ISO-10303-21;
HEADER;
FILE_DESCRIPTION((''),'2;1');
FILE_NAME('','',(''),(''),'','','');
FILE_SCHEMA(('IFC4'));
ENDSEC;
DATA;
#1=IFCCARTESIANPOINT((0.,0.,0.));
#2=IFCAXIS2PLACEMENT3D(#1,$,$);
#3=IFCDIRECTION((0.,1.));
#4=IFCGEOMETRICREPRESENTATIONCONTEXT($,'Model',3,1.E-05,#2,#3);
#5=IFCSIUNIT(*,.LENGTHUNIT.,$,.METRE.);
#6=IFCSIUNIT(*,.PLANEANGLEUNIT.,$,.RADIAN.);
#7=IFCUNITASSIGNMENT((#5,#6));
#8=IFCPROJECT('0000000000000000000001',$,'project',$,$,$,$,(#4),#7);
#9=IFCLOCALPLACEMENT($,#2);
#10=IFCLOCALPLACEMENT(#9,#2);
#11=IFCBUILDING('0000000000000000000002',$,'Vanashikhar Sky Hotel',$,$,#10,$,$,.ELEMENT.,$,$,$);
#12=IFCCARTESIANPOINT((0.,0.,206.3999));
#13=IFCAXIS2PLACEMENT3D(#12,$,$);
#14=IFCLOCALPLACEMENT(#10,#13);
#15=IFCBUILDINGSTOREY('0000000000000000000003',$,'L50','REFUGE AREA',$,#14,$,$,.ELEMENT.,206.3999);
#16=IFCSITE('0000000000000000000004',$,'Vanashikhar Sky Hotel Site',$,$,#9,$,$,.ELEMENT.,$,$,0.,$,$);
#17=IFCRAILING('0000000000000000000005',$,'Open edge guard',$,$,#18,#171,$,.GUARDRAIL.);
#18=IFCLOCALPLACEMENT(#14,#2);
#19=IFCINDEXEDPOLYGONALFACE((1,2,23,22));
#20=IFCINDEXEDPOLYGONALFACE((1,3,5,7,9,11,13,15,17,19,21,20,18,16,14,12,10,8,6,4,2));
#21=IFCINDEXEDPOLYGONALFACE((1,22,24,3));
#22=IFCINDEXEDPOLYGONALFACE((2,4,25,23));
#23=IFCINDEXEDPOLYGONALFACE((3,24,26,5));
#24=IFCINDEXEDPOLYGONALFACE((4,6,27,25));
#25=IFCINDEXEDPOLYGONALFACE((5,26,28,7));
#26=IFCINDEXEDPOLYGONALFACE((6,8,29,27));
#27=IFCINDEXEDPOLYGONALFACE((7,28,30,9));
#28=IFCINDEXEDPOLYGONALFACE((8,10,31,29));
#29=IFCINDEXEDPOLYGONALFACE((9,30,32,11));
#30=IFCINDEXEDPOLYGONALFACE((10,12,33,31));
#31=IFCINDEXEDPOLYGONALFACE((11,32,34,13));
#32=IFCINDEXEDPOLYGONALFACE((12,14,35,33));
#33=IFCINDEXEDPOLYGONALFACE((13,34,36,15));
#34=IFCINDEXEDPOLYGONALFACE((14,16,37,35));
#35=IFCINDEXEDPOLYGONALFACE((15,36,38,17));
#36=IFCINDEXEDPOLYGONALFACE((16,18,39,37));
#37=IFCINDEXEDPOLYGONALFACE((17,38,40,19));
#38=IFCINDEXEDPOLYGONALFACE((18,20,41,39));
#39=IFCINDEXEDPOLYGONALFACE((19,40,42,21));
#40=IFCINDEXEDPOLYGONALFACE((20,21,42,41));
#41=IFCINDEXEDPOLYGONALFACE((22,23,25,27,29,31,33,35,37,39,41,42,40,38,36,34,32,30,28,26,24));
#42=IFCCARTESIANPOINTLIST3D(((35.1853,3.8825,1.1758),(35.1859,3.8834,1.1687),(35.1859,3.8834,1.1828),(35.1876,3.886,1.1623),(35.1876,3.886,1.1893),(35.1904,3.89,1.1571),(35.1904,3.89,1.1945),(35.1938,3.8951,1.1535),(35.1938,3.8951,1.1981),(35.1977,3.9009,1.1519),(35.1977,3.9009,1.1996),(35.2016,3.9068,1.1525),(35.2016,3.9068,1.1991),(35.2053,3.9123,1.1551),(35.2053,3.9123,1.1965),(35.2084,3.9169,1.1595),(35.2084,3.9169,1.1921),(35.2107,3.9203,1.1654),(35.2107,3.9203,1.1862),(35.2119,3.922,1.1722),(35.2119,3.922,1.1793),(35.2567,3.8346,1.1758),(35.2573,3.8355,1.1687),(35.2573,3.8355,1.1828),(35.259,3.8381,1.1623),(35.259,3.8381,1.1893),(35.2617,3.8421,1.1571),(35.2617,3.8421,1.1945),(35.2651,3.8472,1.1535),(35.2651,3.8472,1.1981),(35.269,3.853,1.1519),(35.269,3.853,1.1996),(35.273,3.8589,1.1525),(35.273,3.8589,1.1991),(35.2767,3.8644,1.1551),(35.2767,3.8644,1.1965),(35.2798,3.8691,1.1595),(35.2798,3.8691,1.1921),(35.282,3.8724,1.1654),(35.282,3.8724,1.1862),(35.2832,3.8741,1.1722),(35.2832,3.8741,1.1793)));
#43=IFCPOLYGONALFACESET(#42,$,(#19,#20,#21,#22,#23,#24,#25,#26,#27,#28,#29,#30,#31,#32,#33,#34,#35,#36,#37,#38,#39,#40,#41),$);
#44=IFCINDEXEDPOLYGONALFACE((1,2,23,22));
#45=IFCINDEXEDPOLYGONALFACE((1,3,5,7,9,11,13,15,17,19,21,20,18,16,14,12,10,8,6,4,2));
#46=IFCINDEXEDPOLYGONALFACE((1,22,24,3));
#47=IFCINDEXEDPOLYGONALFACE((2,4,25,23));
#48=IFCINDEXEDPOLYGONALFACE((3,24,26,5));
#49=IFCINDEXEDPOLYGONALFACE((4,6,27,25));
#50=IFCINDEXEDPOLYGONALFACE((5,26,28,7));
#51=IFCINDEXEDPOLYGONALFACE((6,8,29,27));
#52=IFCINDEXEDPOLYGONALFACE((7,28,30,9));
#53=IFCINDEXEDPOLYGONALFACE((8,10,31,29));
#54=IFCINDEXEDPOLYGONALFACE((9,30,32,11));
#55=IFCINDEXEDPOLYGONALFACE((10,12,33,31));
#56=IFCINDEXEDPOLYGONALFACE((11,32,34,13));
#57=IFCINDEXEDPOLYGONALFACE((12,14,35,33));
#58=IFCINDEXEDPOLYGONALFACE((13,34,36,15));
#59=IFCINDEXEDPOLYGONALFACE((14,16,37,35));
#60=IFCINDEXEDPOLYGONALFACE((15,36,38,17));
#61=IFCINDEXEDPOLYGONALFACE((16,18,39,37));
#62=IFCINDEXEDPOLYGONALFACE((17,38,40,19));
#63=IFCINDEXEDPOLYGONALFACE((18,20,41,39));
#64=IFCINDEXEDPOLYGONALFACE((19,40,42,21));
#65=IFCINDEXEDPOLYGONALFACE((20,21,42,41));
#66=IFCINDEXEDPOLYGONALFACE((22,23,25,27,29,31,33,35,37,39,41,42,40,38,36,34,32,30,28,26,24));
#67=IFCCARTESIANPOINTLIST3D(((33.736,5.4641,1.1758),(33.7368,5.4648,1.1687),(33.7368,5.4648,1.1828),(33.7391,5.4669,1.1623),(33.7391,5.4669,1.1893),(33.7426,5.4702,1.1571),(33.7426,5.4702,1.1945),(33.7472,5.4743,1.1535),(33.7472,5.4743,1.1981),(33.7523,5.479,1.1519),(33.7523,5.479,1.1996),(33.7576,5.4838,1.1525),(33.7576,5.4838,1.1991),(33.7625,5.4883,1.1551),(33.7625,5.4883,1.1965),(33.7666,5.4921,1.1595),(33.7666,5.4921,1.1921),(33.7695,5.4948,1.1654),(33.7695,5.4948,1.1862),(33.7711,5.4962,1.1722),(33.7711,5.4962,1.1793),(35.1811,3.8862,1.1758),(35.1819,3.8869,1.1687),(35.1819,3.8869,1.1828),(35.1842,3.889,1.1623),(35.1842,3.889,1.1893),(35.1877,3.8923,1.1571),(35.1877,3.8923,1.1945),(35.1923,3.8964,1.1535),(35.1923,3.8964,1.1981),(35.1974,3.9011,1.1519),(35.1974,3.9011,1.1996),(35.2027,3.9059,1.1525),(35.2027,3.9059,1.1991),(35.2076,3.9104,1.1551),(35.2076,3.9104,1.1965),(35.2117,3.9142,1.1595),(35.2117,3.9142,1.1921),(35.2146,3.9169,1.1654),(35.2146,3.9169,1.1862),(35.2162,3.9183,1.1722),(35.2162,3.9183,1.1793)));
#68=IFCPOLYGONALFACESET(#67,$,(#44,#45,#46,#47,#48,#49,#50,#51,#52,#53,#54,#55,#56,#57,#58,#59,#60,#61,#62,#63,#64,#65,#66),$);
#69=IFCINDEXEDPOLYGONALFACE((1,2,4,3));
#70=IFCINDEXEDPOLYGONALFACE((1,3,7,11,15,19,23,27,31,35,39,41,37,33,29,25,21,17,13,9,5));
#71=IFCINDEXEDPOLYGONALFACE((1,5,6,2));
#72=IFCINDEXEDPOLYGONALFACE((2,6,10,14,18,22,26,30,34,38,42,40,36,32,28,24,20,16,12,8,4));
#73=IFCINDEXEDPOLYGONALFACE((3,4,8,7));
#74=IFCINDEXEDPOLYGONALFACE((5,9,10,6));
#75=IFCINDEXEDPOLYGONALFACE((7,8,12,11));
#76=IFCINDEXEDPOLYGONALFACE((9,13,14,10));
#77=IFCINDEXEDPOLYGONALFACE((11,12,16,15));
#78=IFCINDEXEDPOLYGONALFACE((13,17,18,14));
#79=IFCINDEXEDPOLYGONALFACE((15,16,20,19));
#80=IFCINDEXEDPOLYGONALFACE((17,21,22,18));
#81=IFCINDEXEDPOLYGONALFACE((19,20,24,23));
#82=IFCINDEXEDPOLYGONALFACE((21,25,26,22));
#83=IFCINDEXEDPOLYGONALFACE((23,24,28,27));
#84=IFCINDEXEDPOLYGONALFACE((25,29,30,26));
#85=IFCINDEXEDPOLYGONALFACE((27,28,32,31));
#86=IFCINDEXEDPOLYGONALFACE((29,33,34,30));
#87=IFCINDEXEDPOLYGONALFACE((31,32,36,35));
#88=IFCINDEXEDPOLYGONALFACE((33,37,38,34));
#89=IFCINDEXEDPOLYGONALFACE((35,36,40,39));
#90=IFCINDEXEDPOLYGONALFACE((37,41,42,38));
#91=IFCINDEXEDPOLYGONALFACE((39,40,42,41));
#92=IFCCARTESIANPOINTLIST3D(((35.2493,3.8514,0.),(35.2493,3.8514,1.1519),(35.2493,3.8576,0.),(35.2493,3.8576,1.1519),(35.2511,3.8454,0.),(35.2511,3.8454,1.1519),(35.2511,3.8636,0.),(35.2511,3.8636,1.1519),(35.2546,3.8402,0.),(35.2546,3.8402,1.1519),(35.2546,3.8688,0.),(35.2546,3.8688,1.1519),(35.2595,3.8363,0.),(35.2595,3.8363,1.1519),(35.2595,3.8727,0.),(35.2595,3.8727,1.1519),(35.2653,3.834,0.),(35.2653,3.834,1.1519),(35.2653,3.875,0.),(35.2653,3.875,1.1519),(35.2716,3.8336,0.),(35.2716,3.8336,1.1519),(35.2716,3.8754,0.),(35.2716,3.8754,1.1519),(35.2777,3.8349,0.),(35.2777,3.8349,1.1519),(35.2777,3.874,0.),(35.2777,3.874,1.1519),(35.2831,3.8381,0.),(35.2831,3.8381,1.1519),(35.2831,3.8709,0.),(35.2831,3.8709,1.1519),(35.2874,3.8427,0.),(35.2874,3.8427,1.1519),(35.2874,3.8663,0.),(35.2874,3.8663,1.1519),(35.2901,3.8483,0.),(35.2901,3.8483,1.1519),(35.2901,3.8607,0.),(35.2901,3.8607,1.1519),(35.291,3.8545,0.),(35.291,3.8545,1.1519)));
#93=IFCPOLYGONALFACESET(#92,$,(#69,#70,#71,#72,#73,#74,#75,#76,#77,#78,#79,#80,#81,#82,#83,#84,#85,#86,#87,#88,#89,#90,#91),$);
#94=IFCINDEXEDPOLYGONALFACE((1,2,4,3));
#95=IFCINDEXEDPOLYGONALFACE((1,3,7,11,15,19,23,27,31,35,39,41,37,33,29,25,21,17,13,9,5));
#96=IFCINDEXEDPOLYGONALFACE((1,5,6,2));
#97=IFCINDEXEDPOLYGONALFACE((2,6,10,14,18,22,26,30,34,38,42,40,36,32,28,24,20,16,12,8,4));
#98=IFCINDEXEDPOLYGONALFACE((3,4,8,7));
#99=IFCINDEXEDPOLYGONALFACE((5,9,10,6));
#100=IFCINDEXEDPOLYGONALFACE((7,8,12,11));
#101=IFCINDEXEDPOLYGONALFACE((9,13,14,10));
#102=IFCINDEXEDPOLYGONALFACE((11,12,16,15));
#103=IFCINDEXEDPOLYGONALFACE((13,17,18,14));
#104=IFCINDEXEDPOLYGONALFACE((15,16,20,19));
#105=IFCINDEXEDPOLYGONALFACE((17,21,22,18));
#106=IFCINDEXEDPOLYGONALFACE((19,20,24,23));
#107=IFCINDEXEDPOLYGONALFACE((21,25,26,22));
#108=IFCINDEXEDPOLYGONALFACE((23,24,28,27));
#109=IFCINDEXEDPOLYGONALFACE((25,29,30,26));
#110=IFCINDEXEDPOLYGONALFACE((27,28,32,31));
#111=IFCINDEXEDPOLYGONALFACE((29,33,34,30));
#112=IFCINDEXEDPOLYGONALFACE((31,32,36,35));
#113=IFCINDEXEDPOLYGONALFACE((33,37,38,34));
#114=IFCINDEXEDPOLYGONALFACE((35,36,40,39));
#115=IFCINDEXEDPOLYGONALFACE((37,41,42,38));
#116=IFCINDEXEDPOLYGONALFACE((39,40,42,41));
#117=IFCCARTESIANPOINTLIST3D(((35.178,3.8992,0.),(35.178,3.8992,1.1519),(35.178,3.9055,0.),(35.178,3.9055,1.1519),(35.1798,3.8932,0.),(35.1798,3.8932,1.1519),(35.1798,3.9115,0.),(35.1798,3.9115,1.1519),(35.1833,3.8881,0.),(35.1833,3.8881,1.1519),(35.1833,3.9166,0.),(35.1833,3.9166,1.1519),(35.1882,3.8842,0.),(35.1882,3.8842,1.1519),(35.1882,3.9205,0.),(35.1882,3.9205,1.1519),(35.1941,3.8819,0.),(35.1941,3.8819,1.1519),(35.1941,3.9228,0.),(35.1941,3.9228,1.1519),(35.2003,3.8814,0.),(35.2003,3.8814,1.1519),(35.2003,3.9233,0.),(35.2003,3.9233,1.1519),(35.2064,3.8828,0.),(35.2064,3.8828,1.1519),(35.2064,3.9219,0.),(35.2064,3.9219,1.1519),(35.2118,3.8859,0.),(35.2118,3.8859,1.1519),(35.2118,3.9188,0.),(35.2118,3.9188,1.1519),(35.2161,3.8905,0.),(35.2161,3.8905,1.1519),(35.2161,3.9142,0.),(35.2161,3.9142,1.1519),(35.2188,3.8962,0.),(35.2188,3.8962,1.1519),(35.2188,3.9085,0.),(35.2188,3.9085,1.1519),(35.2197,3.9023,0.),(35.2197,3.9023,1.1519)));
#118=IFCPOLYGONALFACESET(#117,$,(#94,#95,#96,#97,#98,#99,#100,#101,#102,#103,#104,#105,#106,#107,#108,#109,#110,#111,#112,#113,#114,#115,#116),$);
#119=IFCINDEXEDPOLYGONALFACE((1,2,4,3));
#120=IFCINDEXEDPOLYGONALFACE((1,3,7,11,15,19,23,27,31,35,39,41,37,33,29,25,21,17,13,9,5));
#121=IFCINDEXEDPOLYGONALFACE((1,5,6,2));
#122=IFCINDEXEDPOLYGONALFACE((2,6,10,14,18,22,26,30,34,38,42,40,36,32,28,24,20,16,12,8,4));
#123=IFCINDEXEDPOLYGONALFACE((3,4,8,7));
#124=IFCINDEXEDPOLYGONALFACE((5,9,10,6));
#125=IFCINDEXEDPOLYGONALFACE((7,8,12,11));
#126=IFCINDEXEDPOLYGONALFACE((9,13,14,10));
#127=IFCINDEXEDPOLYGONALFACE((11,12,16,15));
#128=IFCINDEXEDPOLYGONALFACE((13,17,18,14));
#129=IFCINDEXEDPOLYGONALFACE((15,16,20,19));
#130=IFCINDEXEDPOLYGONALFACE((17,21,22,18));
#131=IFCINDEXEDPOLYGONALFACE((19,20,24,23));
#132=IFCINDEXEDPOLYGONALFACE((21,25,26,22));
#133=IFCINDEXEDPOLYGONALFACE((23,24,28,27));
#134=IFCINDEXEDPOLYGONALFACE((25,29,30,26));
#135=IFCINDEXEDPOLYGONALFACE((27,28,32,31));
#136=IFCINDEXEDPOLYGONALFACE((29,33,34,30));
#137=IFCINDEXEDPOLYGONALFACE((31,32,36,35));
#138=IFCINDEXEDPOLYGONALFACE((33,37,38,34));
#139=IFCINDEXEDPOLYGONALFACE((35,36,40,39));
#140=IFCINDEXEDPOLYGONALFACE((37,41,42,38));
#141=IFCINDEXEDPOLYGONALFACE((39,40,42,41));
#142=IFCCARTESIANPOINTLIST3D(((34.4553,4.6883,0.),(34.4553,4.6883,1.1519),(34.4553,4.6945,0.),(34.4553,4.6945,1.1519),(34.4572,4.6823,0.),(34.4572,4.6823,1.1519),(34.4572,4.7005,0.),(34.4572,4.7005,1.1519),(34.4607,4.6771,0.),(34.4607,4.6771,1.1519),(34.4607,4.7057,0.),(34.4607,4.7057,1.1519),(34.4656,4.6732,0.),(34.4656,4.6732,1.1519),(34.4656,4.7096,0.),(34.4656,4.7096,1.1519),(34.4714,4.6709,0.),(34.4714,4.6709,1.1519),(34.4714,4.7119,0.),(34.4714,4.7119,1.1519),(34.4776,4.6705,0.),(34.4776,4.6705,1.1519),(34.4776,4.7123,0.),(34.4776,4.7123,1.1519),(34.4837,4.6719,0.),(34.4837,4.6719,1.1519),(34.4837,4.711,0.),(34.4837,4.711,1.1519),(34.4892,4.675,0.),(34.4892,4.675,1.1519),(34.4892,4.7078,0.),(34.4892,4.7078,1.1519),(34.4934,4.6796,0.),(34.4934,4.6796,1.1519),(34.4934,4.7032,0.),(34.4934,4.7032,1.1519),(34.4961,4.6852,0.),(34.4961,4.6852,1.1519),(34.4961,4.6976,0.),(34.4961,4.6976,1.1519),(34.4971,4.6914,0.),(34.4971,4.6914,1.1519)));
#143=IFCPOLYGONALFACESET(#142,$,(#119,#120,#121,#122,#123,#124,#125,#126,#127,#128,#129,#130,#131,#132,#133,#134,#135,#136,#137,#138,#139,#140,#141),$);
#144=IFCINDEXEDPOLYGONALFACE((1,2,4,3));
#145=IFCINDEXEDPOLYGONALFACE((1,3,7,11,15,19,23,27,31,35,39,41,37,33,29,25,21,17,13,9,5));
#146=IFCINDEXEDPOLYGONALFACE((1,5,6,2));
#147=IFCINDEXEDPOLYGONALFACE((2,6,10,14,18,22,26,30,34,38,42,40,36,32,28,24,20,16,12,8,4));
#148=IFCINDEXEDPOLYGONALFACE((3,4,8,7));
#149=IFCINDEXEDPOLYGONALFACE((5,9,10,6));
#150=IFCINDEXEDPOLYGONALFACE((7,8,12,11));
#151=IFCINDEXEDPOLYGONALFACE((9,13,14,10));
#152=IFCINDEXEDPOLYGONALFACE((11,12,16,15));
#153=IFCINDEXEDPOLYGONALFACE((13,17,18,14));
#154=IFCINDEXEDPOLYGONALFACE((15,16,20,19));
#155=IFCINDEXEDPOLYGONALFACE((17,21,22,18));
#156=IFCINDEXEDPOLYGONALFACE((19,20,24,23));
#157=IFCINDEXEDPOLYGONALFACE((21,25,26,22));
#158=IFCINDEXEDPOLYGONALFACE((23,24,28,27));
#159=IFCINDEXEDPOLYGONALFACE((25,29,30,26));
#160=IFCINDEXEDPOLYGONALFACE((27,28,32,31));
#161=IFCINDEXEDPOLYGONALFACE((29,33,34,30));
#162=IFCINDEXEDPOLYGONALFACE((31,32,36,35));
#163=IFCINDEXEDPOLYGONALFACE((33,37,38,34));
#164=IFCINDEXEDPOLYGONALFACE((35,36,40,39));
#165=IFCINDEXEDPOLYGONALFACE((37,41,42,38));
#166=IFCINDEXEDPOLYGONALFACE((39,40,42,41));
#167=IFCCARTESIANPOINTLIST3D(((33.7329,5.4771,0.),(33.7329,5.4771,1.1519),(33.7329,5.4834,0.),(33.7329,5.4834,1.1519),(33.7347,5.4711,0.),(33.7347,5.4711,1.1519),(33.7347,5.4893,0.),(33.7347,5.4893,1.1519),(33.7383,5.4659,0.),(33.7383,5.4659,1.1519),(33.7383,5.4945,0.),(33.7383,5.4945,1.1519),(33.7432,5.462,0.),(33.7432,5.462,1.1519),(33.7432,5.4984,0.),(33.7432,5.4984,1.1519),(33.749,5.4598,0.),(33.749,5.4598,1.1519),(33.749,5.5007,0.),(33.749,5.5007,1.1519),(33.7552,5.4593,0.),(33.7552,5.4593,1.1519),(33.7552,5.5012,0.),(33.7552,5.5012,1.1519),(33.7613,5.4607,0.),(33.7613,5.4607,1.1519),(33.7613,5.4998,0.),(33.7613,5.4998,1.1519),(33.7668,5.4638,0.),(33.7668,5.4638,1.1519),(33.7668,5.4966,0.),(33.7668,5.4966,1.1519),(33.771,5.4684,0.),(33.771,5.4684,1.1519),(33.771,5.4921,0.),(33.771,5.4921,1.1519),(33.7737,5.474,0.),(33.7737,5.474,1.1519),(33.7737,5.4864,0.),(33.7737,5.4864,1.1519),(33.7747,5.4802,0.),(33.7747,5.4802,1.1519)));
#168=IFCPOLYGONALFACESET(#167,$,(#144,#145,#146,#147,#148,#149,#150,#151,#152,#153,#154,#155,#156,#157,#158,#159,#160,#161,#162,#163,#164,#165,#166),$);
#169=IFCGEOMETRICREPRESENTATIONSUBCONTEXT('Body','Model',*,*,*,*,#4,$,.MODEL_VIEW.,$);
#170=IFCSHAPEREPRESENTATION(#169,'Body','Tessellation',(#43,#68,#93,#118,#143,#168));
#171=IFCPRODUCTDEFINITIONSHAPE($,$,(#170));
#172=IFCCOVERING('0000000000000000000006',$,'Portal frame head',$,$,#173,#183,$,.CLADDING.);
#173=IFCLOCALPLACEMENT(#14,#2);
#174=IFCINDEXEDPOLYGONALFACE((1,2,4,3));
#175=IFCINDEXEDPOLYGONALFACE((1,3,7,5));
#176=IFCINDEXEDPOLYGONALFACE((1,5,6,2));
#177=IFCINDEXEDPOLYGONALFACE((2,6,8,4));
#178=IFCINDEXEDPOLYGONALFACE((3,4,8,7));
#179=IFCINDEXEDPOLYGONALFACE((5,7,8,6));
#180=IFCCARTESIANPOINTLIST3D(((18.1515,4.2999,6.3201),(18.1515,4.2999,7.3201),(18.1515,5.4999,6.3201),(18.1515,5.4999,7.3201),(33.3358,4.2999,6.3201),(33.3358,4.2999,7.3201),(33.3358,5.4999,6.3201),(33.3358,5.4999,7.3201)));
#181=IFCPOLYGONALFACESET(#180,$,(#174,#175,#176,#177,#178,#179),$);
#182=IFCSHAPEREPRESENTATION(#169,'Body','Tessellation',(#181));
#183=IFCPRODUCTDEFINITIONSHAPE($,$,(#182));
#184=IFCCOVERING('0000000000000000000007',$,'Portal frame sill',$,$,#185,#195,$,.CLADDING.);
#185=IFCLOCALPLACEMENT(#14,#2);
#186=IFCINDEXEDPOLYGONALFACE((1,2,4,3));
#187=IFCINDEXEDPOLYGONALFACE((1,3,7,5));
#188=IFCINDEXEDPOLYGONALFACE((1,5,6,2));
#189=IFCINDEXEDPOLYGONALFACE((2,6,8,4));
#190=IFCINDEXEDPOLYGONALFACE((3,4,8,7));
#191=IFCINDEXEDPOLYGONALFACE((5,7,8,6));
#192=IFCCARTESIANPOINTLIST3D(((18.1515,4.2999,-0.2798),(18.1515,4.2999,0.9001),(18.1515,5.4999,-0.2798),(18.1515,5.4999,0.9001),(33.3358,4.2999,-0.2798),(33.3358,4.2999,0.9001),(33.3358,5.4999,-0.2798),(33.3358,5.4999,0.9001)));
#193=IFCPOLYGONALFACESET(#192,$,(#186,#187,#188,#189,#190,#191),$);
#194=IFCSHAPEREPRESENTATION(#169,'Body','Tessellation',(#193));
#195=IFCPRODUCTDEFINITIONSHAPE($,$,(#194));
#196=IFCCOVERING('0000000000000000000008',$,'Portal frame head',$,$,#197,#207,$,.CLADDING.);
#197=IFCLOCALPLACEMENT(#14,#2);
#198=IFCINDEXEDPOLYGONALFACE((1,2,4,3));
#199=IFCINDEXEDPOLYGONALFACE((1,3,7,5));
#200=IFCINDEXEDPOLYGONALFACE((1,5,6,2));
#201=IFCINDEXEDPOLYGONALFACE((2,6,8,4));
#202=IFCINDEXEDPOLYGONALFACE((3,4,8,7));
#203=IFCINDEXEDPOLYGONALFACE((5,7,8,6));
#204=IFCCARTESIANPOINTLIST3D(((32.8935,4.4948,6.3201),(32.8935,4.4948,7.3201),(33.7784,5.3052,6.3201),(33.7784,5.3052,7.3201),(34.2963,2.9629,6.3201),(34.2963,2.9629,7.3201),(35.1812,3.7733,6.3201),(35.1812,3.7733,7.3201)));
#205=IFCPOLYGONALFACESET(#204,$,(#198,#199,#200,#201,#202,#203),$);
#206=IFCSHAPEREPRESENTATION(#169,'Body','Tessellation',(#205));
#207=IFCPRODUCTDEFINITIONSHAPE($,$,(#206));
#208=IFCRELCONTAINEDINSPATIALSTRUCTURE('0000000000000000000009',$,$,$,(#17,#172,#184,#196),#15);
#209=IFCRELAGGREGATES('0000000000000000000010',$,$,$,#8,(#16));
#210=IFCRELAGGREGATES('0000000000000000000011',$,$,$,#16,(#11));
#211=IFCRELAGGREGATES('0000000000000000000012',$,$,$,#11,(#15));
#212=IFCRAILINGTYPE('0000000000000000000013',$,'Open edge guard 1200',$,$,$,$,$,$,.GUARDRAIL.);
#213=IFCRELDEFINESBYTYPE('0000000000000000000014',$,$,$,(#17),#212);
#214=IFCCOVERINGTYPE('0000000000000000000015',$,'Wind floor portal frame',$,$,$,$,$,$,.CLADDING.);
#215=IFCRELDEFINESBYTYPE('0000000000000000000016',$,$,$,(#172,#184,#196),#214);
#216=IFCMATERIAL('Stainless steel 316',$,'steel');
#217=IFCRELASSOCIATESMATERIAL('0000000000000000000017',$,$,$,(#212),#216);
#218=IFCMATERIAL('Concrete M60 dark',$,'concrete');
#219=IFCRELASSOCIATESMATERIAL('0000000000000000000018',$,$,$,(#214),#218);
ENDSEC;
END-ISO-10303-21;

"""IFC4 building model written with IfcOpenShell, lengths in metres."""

from ifc_helpers import new_model, si_unit, direction, frame, origin, origin_2d, place, context, subcontext, project, spatial, rectangle, circle, extrude, source, transform, mapped, material, type_object, element, save


model = new_model("IFC4")

# Units and contexts
model_context = context("Model", 3, precision=1e-05, world=origin(), true_north=direction((0.0, 1.0)))
body_context = subcontext(model_context, "Body", "Model", "MODEL_VIEW")
ifc_project = project(units=[si_unit("LENGTHUNIT", "METRE"), si_unit("PLANEANGLEUNIT", "RADIAN")], contexts=[model_context])

# Site, building, storey
site_placement = place(None, origin())
site = spatial("IfcSite", under=ifc_project, at=site_placement, Name="Vanashikhar Sky Hotel Site", CompositionType="ELEMENT", RefElevation=0.0)
building_placement = place(site_placement, origin())
building = spatial("IfcBuilding", under=site, at=building_placement, Name="Vanashikhar Sky Hotel", CompositionType="ELEMENT")
storey_placement = place(building_placement, frame((0.0, 0.0, 206.3999)))
storey = spatial("IfcBuildingStorey", under=building, at=storey_placement, Name="L50", Description="REFUGE AREA", CompositionType="ELEMENT", Elevation=206.3999)

# Railing
ifc_material_1 = material(Name="Stainless steel 316", Category="steel")
railing_type = type_object("IfcRailingType", Name="Open edge guard 1200", PredefinedType="GUARDRAIL", material=ifc_material_1)
shared_shape_1 = source(origin(), body_context, "Body", "SweptSolid", [
    extrude(circle(Radius=0.0239, at=origin_2d()), frame((0.0, 0.0, 1.1758), z_axis=(-0.830296, 0.557322, 0.0), x_axis=(-0.557322, -0.830296, 0.0)), (0.0, 0.0, 1.0), 0.0859),
    extrude(circle(Radius=0.0239, at=origin_2d()), frame((-0.0713, 0.0479, 1.1758), z_axis=(-0.675389, 0.737462, 0.0), x_axis=(-0.737462, -0.675389, 0.0)), (0.0, 0.0, 1.0), 2.1396),
    extrude(circle(Radius=0.021, at=origin_2d()), origin(), (0.0, 0.0, 1.0), 1.1519),
    extrude(circle(Radius=0.021, at=origin_2d()), frame((-0.0713, 0.0479, 0.0)), (0.0, 0.0, 1.0), 1.1519),
    extrude(circle(Radius=0.021, at=origin_2d()), frame((-0.7939, 0.8369, 0.0)), (0.0, 0.0, 1.0), 1.1519),
    extrude(circle(Radius=0.021, at=origin_2d()), frame((-1.5164, 1.6257, 0.0)), (0.0, 0.0, 1.0), 1.1519),
])
railing_1_placement = place(storey_placement, frame((35.27, 3.8545, 0.0)))
element("IfcRailing", 1, at=railing_1_placement, inside=storey, type_object=railing_type, Name="Open edge guard", PredefinedType="GUARDRAIL", context=body_context, shape_type="MappedRepresentation", body=[
    mapped(shared_shape_1, transform((0.0, 0.0, 0.0), scale=1.0)),
])

# Coverings
ifc_material_2 = material(Name="Concrete M60 dark", Category="concrete")
covering_type = type_object("IfcCoveringType", Name="Wind floor portal frame", PredefinedType="CLADDING", material=ifc_material_2)
shared_shape_2 = source(origin(), body_context, "Body", "SweptSolid", [
    extrude(rectangle(XDim=15.1843, YDim=1.2, at=origin_2d()), origin(), (0.0, 0.0, 1.0), 1.0),
])
covering_1_placement = place(storey_placement, frame((25.7437, 4.8999, 6.3201), z_axis=(0.0, 0.0, 1.0), x_axis=(1.0, 0.0, 0.0)))
element("IfcCovering", 2, at=covering_1_placement, inside=storey, type_object=covering_type, Name="Portal frame head", PredefinedType="CLADDING", context=body_context, shape_type="MappedRepresentation", body=[
    mapped(shared_shape_2, transform((0.0, 0.0, 0.0), scale=1.0)),
])
shared_shape_3 = source(origin(), body_context, "Body", "SweptSolid", [
    extrude(rectangle(XDim=15.1843, YDim=1.2, at=origin_2d()), origin(), (0.0, 0.0, 1.0), 1.1799),
])
covering_2_placement = place(storey_placement, frame((25.7437, 4.8999, -0.2798), z_axis=(0.0, 0.0, 1.0), x_axis=(1.0, 0.0, 0.0)))
element("IfcCovering", 3, at=covering_2_placement, inside=storey, type_object=covering_type, Name="Portal frame sill", PredefinedType="CLADDING", context=body_context, shape_type="MappedRepresentation", body=[
    mapped(shared_shape_3, transform((0.0, 0.0, 0.0), scale=1.0)),
])
shared_shape_4 = source(origin(), body_context, "Body", "SweptSolid", [
    extrude(rectangle(XDim=2.0771, YDim=1.2, at=origin_2d()), origin(), (0.0, 0.0, 1.0), 1.0),
])
covering_3_placement = place(storey_placement, frame((34.0374, 4.134, 6.3201), z_axis=(0.0, 0.0, 1.0), x_axis=(0.675346, -0.737501, 0.0)))
element("IfcCovering", 4, at=covering_3_placement, inside=storey, type_object=covering_type, Name="Portal frame head", PredefinedType="CLADDING", context=body_context, shape_type="MappedRepresentation", body=[
    mapped(shared_shape_4, transform((0.0, 0.0, 0.0), scale=1.0)),
])

save(model, "model.ifc")
